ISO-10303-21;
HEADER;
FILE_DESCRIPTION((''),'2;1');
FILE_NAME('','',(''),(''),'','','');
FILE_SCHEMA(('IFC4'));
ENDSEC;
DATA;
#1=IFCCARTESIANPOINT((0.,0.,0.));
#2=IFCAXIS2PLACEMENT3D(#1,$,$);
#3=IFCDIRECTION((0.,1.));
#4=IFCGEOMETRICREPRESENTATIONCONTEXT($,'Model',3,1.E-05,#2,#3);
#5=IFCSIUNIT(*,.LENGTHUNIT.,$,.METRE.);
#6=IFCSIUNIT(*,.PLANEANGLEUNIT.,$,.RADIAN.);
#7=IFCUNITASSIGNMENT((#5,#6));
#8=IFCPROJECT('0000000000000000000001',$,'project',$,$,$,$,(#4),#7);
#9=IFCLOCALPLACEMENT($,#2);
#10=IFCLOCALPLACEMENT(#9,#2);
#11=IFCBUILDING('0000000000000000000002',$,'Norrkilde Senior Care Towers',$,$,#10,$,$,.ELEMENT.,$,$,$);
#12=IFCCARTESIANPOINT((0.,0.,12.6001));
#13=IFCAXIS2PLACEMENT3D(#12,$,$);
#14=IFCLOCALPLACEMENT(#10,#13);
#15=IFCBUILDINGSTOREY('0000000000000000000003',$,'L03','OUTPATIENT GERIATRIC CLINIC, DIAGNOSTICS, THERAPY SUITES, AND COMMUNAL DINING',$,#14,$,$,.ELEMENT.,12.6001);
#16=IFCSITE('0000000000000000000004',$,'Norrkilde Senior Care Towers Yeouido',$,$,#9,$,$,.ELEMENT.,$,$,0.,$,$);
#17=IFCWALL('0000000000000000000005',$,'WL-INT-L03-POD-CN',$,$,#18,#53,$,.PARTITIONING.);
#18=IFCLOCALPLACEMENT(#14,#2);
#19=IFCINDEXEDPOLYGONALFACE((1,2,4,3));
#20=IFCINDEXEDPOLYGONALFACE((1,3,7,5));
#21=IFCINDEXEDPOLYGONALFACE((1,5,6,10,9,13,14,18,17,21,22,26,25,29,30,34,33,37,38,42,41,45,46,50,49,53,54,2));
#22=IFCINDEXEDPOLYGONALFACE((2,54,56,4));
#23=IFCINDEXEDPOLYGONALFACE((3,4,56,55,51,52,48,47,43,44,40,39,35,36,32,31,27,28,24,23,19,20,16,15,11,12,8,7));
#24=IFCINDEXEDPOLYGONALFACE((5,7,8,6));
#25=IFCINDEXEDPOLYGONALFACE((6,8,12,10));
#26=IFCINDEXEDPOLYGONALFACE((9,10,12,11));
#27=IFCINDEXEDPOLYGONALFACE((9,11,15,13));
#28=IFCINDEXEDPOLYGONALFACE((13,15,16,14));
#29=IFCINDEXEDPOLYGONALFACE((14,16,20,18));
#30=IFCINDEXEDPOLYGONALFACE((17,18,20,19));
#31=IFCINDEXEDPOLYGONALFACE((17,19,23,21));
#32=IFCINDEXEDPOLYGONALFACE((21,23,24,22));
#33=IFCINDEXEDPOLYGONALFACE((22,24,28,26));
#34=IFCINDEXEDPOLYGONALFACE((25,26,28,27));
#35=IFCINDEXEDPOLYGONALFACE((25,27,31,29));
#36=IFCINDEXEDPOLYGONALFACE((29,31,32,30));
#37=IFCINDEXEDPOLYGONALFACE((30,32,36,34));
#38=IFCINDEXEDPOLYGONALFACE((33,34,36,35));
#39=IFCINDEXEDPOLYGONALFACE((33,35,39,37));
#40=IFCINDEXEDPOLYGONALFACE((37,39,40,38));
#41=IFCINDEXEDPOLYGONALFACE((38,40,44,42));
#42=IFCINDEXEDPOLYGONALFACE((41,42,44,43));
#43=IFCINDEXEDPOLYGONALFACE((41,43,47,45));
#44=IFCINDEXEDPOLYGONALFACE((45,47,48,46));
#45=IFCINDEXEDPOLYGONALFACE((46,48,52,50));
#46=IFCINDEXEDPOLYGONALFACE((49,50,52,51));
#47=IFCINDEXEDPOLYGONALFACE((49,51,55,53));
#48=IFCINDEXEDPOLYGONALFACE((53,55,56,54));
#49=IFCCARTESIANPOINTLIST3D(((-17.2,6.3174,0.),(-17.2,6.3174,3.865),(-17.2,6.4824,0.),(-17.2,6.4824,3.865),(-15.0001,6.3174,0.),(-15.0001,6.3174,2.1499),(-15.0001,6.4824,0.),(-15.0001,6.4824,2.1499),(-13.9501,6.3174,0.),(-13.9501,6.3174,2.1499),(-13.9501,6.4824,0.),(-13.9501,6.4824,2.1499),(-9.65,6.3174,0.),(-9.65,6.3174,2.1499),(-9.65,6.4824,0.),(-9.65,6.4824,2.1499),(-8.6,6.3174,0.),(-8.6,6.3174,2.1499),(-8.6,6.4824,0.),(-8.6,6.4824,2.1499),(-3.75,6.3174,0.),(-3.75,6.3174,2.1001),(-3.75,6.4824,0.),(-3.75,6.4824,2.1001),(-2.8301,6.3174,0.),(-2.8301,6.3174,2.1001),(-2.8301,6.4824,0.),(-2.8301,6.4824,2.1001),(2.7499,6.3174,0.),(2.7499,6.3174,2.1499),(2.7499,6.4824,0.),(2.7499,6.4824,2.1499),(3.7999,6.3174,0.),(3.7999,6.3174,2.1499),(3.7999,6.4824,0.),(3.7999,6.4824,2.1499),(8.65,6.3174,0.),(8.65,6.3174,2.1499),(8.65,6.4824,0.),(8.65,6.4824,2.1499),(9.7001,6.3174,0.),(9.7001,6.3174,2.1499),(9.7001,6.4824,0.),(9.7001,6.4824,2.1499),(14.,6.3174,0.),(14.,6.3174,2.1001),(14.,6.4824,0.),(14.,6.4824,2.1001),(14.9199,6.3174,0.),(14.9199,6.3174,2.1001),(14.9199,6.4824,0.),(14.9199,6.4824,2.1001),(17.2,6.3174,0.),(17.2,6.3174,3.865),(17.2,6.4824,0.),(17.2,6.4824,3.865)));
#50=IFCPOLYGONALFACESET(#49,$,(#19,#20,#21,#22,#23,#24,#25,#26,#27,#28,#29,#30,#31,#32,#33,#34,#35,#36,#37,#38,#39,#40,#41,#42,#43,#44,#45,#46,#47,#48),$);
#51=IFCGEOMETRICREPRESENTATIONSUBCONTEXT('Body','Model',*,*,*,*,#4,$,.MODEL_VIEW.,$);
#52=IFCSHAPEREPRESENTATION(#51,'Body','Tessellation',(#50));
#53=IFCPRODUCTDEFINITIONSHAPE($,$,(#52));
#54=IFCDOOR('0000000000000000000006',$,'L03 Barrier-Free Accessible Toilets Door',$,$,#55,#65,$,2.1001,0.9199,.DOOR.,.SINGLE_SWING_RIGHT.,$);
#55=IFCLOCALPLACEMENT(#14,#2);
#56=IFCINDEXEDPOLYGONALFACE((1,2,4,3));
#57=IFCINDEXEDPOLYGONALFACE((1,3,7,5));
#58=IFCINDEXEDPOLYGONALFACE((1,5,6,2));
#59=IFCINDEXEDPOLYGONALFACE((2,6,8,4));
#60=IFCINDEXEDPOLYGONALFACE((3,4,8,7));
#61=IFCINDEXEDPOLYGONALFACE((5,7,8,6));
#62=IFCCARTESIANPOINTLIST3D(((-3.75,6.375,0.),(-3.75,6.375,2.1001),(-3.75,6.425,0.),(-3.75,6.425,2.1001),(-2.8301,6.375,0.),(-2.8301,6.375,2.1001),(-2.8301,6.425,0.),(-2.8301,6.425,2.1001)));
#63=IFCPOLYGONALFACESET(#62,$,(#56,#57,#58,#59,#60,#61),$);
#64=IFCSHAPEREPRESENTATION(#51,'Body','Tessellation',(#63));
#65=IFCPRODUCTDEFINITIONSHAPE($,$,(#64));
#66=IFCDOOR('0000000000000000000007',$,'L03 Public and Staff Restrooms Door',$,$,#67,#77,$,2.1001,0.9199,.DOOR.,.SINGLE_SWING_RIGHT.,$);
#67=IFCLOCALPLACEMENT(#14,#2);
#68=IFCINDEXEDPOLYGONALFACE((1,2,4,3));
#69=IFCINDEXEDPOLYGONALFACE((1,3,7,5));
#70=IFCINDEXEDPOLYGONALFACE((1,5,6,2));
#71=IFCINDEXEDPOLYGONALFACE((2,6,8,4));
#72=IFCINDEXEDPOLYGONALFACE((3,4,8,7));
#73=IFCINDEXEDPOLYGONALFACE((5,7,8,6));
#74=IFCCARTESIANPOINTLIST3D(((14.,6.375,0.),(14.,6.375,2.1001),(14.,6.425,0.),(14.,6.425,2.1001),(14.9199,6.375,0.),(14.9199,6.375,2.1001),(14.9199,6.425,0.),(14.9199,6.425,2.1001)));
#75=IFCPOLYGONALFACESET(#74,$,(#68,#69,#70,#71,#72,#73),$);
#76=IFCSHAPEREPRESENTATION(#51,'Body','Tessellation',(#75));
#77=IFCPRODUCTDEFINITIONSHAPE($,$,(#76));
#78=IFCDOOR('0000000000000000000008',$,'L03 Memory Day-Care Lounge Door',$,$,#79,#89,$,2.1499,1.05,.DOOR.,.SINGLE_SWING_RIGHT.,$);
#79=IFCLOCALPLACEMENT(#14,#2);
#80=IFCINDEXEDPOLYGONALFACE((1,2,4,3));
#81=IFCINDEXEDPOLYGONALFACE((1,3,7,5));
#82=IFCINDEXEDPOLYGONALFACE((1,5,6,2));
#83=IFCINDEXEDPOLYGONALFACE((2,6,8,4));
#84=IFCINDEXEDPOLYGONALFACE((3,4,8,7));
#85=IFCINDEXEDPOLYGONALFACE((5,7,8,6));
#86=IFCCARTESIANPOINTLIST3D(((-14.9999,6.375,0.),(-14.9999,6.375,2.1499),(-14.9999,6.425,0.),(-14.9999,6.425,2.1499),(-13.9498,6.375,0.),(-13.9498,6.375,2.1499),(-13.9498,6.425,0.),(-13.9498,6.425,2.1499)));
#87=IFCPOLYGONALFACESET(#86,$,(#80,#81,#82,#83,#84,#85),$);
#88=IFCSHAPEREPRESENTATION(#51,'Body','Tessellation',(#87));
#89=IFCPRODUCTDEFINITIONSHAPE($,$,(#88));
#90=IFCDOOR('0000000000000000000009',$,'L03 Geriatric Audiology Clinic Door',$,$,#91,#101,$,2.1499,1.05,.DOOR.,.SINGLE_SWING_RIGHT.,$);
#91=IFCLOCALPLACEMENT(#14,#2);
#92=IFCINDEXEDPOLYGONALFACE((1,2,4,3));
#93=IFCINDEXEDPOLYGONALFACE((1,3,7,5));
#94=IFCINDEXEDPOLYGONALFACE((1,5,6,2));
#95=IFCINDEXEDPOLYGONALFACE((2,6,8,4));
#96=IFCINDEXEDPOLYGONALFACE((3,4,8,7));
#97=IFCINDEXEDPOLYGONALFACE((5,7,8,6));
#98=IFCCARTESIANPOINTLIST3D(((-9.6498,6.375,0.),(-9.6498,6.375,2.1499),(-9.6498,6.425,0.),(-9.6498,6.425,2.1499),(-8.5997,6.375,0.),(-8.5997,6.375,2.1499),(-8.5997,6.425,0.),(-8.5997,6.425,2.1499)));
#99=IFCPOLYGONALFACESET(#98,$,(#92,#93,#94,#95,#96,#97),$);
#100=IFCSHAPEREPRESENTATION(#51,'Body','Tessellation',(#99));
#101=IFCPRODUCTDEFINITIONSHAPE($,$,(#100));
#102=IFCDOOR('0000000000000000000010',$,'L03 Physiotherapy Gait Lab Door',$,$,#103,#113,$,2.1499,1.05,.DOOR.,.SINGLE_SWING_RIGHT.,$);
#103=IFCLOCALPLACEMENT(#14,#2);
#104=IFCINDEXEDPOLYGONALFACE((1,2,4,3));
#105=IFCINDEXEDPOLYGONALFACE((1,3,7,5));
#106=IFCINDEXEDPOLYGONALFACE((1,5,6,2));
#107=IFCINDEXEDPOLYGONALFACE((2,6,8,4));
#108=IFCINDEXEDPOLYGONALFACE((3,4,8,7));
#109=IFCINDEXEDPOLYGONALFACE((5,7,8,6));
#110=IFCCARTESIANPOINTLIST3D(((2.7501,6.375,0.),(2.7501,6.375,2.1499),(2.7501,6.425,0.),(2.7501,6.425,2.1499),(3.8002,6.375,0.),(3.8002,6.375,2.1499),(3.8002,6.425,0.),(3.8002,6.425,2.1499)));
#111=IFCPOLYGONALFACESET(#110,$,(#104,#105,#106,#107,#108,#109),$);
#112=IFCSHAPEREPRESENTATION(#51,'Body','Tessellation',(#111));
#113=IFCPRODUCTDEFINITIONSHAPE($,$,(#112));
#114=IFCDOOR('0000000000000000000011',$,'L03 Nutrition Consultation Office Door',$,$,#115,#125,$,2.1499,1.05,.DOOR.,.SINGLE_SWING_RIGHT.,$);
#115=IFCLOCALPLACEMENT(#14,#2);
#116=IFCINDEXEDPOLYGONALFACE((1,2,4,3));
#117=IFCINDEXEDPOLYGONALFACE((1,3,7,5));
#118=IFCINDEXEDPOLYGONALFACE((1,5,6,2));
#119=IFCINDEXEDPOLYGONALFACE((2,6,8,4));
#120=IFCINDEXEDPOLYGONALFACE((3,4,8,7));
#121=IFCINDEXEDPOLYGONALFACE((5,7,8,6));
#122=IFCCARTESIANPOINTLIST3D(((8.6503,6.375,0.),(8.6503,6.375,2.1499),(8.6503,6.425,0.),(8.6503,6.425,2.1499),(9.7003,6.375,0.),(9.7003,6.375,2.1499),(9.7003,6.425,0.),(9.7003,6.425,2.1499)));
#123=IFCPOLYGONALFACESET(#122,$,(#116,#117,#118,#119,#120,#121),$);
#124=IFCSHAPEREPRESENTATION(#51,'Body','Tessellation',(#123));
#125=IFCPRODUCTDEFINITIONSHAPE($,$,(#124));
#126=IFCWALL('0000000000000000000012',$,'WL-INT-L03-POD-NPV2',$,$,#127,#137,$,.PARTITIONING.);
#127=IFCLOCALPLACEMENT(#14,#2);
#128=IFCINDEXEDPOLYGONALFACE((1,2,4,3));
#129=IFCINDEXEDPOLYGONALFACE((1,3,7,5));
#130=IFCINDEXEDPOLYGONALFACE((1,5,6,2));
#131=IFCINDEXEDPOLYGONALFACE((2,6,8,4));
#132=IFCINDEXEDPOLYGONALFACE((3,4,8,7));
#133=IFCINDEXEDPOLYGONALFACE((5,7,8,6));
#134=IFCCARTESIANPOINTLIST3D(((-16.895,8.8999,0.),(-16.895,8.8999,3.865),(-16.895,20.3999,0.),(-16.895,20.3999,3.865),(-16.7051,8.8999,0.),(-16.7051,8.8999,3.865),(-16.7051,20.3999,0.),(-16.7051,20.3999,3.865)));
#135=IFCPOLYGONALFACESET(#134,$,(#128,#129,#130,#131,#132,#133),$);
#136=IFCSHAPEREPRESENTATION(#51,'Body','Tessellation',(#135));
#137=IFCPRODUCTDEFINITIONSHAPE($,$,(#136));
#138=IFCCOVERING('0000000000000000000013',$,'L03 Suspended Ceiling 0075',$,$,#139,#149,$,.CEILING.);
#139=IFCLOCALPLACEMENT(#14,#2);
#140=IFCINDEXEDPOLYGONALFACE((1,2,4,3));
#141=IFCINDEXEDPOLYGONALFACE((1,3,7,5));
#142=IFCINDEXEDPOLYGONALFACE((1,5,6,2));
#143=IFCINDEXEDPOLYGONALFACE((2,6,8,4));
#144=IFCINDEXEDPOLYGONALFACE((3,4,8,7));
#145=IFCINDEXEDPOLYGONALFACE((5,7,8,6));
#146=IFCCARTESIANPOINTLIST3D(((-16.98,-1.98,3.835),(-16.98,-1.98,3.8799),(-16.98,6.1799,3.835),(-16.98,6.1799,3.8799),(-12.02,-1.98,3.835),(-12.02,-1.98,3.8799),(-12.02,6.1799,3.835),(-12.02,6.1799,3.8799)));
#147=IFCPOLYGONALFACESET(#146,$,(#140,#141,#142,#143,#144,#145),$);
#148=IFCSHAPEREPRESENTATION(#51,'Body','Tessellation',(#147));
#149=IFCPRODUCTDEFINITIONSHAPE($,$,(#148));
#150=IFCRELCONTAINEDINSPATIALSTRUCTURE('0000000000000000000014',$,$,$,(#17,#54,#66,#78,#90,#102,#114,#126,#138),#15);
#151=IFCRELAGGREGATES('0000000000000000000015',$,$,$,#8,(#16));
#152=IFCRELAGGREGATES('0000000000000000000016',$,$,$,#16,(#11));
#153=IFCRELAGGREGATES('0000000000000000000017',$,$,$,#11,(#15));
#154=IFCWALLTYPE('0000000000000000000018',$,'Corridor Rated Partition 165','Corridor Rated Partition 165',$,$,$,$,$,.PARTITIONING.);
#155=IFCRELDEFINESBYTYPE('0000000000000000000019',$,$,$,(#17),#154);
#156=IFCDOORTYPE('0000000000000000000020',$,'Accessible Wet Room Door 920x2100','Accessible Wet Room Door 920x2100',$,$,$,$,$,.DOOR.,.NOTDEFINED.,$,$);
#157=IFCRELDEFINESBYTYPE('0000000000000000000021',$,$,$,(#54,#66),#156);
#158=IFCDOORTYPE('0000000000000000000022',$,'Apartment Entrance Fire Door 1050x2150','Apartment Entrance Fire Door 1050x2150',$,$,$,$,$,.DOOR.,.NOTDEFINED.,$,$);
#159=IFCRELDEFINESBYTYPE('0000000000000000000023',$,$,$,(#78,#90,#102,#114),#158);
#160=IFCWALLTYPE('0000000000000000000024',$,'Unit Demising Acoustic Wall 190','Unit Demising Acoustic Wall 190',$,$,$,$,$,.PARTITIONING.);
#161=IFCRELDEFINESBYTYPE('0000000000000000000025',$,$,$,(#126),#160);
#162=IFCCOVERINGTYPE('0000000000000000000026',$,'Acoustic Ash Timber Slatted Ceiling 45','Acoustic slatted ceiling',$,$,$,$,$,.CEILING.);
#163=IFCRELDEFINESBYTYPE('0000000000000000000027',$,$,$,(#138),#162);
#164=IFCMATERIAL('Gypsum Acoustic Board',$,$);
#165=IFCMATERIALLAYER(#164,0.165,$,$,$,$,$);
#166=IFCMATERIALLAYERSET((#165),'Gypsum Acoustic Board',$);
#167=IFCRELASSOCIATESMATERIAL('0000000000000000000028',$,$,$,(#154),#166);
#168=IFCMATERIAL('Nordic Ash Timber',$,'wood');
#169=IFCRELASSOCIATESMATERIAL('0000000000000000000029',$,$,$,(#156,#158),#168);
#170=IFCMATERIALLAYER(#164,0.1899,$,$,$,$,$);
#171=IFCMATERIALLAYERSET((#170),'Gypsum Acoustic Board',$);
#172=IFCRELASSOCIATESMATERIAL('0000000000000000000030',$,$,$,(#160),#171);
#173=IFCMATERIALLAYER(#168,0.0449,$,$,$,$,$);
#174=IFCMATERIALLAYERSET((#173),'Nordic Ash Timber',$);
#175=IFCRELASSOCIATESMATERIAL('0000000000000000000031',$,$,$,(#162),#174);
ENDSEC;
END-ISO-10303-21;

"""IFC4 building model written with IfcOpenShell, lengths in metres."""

from ifc_helpers import new_model, si_unit, direction, frame, frame_2d, origin, place, context, subcontext, project, spatial, polyline, rectangle, outline, extrude, source, transform, mapped, material, layer, layer_set, type_object, type_shapes, element, fill, save


model = new_model("IFC4")

# Units and contexts
model_context = context("Model", 3, precision=1e-05, world=origin(), true_north=direction((0.0, 1.0)))
body_context = subcontext(model_context, "Body", "Model", "MODEL_VIEW")
ifc_project = project(units=[si_unit("LENGTHUNIT", "METRE"), si_unit("PLANEANGLEUNIT", "RADIAN")], contexts=[model_context])

# Site, building, storey
site_placement = place(None, origin())
site = spatial("IfcSite", under=ifc_project, at=site_placement, Name="Norrkilde Senior Care Towers Yeouido", CompositionType="ELEMENT", RefElevation=0.0)
building_placement = place(site_placement, origin())
building = spatial("IfcBuilding", under=site, at=building_placement, Name="Norrkilde Senior Care Towers", CompositionType="ELEMENT")
storey_placement = place(building_placement, frame((0.0, 0.0, 12.6001)))
storey = spatial("IfcBuildingStorey", under=building, at=storey_placement, Name="L03", Description="OUTPATIENT GERIATRIC CLINIC, DIAGNOSTICS, THERAPY SUITES, AND COMMUNAL DINING", CompositionType="ELEMENT", Elevation=12.6001)

# Wall, openings, doors
ifc_material_1 = material(Name="Gypsum Acoustic Board")
ifc_layer_1 = layer(ifc_material_1, 0.165)
ifc_layer_set_1 = layer_set([ifc_layer_1], Name="Gypsum Acoustic Board")
wall_type_1 = type_object("IfcWallType", Name="Corridor Rated Partition 165", Description="Corridor Rated Partition 165", PredefinedType="PARTITIONING", material=ifc_layer_set_1)
shared_shape_1 = source(origin(), body_context, "Body", "SweptSolid", [
    extrude(rectangle(XDim=34.3999, YDim=0.165, at=frame_2d((17.2, 0.0))), origin(), (0.0, 0.0, 1.0), 3.865),
])
type_shapes(wall_type_1, [shared_shape_1])
wall_1_placement = place(storey_placement, frame((-17.2, 6.3999, 0.0), z_axis=(0.0, 0.0, 1.0), x_axis=(1.0, 0.0, 0.0)))
wall_1 = element("IfcWall", 1, at=wall_1_placement, inside=storey, type_object=wall_type_1, Name="WL-INT-L03-POD-CN", PredefinedType="PARTITIONING", context=body_context, shape_type="MappedRepresentation", body=[
    mapped(shared_shape_1, transform((0.0, 0.0, 0.0), x_axis=(1.0, 0.0, 0.0), y_axis=(0.0, 1.0, 0.0), z_axis=(0.0, 0.0, 1.0), scale=1.0)),
])
opening_1_placement = place(wall_1_placement, frame((2.2, 0.0, 0.0)))
opening_1 = element("IfcOpeningElement", 2, at=opening_1_placement, cuts=wall_1, PredefinedType="OPENING", context=body_context, shape_type="SweptSolid", body=[
    extrude(rectangle(XDim=1.05, YDim=2.1499, at=frame_2d((0.5249, 1.075))), frame((0.0, 0.0925, 0.0), z_axis=(0.0, -1.0, 0.0), x_axis=(1.0, 0.0, 0.0)), (0.0, 0.0, 1.0), 0.1851),
])
opening_2_placement = place(wall_1_placement, frame((7.55, 0.0, 0.0)))
opening_2 = element("IfcOpeningElement", 3, at=opening_2_placement, cuts=wall_1, PredefinedType="OPENING", context=body_context, shape_type="SweptSolid", body=[
    extrude(rectangle(XDim=1.05, YDim=2.1499, at=frame_2d((0.5249, 1.075))), frame((0.0, 0.0925, 0.0), z_axis=(0.0, -1.0, 0.0), x_axis=(1.0, 0.0, 0.0)), (0.0, 0.0, 1.0), 0.1851),
])
opening_3_placement = place(wall_1_placement, frame((13.45, 0.0, 0.0)))
opening_3 = element("IfcOpeningElement", 4, at=opening_3_placement, cuts=wall_1, PredefinedType="OPENING", context=body_context, shape_type="SweptSolid", body=[
    extrude(rectangle(XDim=0.9199, YDim=2.1001, at=frame_2d((0.46, 1.05))), frame((0.0, 0.0925, 0.0), z_axis=(0.0, -1.0, 0.0), x_axis=(1.0, 0.0, 0.0)), (0.0, 0.0, 1.0), 0.1851),
])
opening_4_placement = place(wall_1_placement, frame((19.95, 0.0, 0.0)))
opening_4 = element("IfcOpeningElement", 5, at=opening_4_placement, cuts=wall_1, PredefinedType="OPENING", context=body_context, shape_type="SweptSolid", body=[
    extrude(rectangle(XDim=1.05, YDim=2.1499, at=frame_2d((0.5249, 1.075))), frame((0.0, 0.0925, 0.0), z_axis=(0.0, -1.0, 0.0), x_axis=(1.0, 0.0, 0.0)), (0.0, 0.0, 1.0), 0.1851),
])
opening_5_placement = place(wall_1_placement, frame((25.8501, 0.0, 0.0)))
opening_5 = element("IfcOpeningElement", 6, at=opening_5_placement, cuts=wall_1, PredefinedType="OPENING", context=body_context, shape_type="SweptSolid", body=[
    extrude(rectangle(XDim=1.05, YDim=2.1499, at=frame_2d((0.5249, 1.075))), frame((0.0, 0.0925, 0.0), z_axis=(0.0, -1.0, 0.0), x_axis=(1.0, 0.0, 0.0)), (0.0, 0.0, 1.0), 0.1851),
])
opening_6_placement = place(wall_1_placement, frame((31.2, 0.0, 0.0)))
opening_6 = element("IfcOpeningElement", 7, at=opening_6_placement, cuts=wall_1, PredefinedType="OPENING", context=body_context, shape_type="SweptSolid", body=[
    extrude(rectangle(XDim=0.9199, YDim=2.1001, at=frame_2d((0.46, 1.05))), frame((0.0, 0.0925, 0.0), z_axis=(0.0, -1.0, 0.0), x_axis=(1.0, 0.0, 0.0)), (0.0, 0.0, 1.0), 0.1851),
])
ifc_material_2 = material(Name="Nordic Ash Timber", Category="wood")
door_type_1 = type_object("IfcDoorType", Name="Accessible Wet Room Door 920x2100", Description="Accessible Wet Room Door 920x2100", OperationType="NOTDEFINED", PredefinedType="DOOR", material=ifc_material_2)
shared_shape_2 = source(origin(), body_context, "Body", "SweptSolid", [
    extrude(rectangle(XDim=0.9199, YDim=2.1001, at=frame_2d((0.46, 1.05))), frame((0.0, 0.0249, 0.0), z_axis=(0.0, -1.0, 0.0), x_axis=(1.0, 0.0, 0.0)), (0.0, 0.0, 1.0), 0.05),
])
type_shapes(door_type_1, [shared_shape_2])
door_1_placement = place(opening_3_placement, frame((0.9199, 0.0, 0.0), z_axis=(0.0, 0.0, 1.0), x_axis=(-1.0, 0.0, 0.0)))
door_1 = element("IfcDoor", 8, at=door_1_placement, inside=storey, type_object=door_type_1, Name="L03 Barrier-Free Accessible Toilets Door", OperationType="SINGLE_SWING_RIGHT", OverallHeight=2.1001, OverallWidth=0.9199, PredefinedType="DOOR", context=body_context, shape_type="MappedRepresentation", body=[
    mapped(shared_shape_2, transform((0.0, 0.0, 0.0), x_axis=(1.0, 0.0, 0.0), y_axis=(0.0, 1.0, 0.0), z_axis=(0.0, 0.0, 1.0), scale=1.0)),
])
fill(opening_3, door_1)
door_2_placement = place(opening_6_placement, frame((0.9199, 0.0, 0.0), z_axis=(0.0, 0.0, 1.0), x_axis=(-1.0, 0.0, 0.0)))
door_2 = element("IfcDoor", 9, at=door_2_placement, inside=storey, type_object=door_type_1, Name="L03 Public and Staff Restrooms Door", OperationType="SINGLE_SWING_RIGHT", OverallHeight=2.1001, OverallWidth=0.9199, PredefinedType="DOOR", context=body_context, shape_type="MappedRepresentation", body=[
    mapped(shared_shape_2, transform((0.0, 0.0, 0.0), x_axis=(1.0, 0.0, 0.0), y_axis=(0.0, 1.0, 0.0), z_axis=(0.0, 0.0, 1.0), scale=1.0)),
])
fill(opening_6, door_2)
door_type_2 = type_object("IfcDoorType", Name="Apartment Entrance Fire Door 1050x2150", Description="Apartment Entrance Fire Door 1050x2150", OperationType="NOTDEFINED", PredefinedType="DOOR", material=ifc_material_2)
shared_shape_3 = source(origin(), body_context, "Body", "SweptSolid", [
    extrude(rectangle(XDim=1.05, YDim=2.1499, at=frame_2d((0.5249, 1.075))), frame((0.0, 0.0249, 0.0), z_axis=(0.0, -1.0, 0.0), x_axis=(1.0, 0.0, 0.0)), (0.0, 0.0, 1.0), 0.05),
])
type_shapes(door_type_2, [shared_shape_3])
door_3_placement = place(opening_1_placement, frame((1.05, 0.0, 0.0), z_axis=(0.0, 0.0, 1.0), x_axis=(-1.0, 0.0, 0.0)))
door_3 = element("IfcDoor", 10, at=door_3_placement, inside=storey, type_object=door_type_2, Name="L03 Memory Day-Care Lounge Door", OperationType="SINGLE_SWING_RIGHT", OverallHeight=2.1499, OverallWidth=1.05, PredefinedType="DOOR", context=body_context, shape_type="MappedRepresentation", body=[
    mapped(shared_shape_3, transform((0.0, 0.0, 0.0), x_axis=(1.0, 0.0, 0.0), y_axis=(0.0, 1.0, 0.0), z_axis=(0.0, 0.0, 1.0), scale=1.0)),
])
fill(opening_1, door_3)
door_4_placement = place(opening_2_placement, frame((1.05, 0.0, 0.0), z_axis=(0.0, 0.0, 1.0), x_axis=(-1.0, 0.0, 0.0)))
door_4 = element("IfcDoor", 11, at=door_4_placement, inside=storey, type_object=door_type_2, Name="L03 Geriatric Audiology Clinic Door", OperationType="SINGLE_SWING_RIGHT", OverallHeight=2.1499, OverallWidth=1.05, PredefinedType="DOOR", context=body_context, shape_type="MappedRepresentation", body=[
    mapped(shared_shape_3, transform((0.0, 0.0, 0.0), x_axis=(1.0, 0.0, 0.0), y_axis=(0.0, 1.0, 0.0), z_axis=(0.0, 0.0, 1.0), scale=1.0)),
])
fill(opening_2, door_4)
door_5_placement = place(opening_4_placement, frame((1.05, 0.0, 0.0), z_axis=(0.0, 0.0, 1.0), x_axis=(-1.0, 0.0, 0.0)))
door_5 = element("IfcDoor", 12, at=door_5_placement, inside=storey, type_object=door_type_2, Name="L03 Physiotherapy Gait Lab Door", OperationType="SINGLE_SWING_RIGHT", OverallHeight=2.1499, OverallWidth=1.05, PredefinedType="DOOR", context=body_context, shape_type="MappedRepresentation", body=[
    mapped(shared_shape_3, transform((0.0, 0.0, 0.0), x_axis=(1.0, 0.0, 0.0), y_axis=(0.0, 1.0, 0.0), z_axis=(0.0, 0.0, 1.0), scale=1.0)),
])
fill(opening_4, door_5)
door_6_placement = place(opening_5_placement, frame((1.05, 0.0, 0.0), z_axis=(0.0, 0.0, 1.0), x_axis=(-1.0, 0.0, 0.0)))
door_6 = element("IfcDoor", 13, at=door_6_placement, inside=storey, type_object=door_type_2, Name="L03 Nutrition Consultation Office Door", OperationType="SINGLE_SWING_RIGHT", OverallHeight=2.1499, OverallWidth=1.05, PredefinedType="DOOR", context=body_context, shape_type="MappedRepresentation", body=[
    mapped(shared_shape_3, transform((0.0, 0.0, 0.0), x_axis=(1.0, 0.0, 0.0), y_axis=(0.0, 1.0, 0.0), z_axis=(0.0, 0.0, 1.0), scale=1.0)),
])
fill(opening_5, door_6)

# Wall
ifc_layer_2 = layer(ifc_material_1, 0.1899)
ifc_layer_set_2 = layer_set([ifc_layer_2], Name="Gypsum Acoustic Board")
wall_type_2 = type_object("IfcWallType", Name="Unit Demising Acoustic Wall 190", Description="Unit Demising Acoustic Wall 190", PredefinedType="PARTITIONING", material=ifc_layer_set_2)
shared_shape_4 = source(origin(), body_context, "Body", "SweptSolid", [
    extrude(rectangle(XDim=11.5, YDim=0.1899, at=frame_2d((5.75, 0.0))), origin(), (0.0, 0.0, 1.0), 3.865),
])
type_shapes(wall_type_2, [shared_shape_4])
wall_2_placement = place(storey_placement, frame((-16.8, 8.8999, 0.0), z_axis=(0.0, 0.0, 1.0), x_axis=(0.0, 1.0, 0.0)))
element("IfcWall", 14, at=wall_2_placement, inside=storey, type_object=wall_type_2, Name="WL-INT-L03-POD-NPV2", PredefinedType="PARTITIONING", context=body_context, shape_type="MappedRepresentation", body=[
    mapped(shared_shape_4, transform((0.0, 0.0, 0.0), x_axis=(1.0, 0.0, 0.0), y_axis=(0.0, 1.0, 0.0), z_axis=(0.0, 0.0, 1.0), scale=1.0)),
])

# Covering
ifc_layer_3 = layer(ifc_material_2, 0.0449)
ifc_layer_set_3 = layer_set([ifc_layer_3], Name="Nordic Ash Timber")
covering_type_1 = type_object("IfcCoveringType", Name="Acoustic Ash Timber Slatted Ceiling 45", Description="Acoustic slatted ceiling", PredefinedType="CEILING", material=ifc_layer_set_3)
covering_1_placement = place(storey_placement, frame((0.0, 0.0, 3.835)))
element("IfcCovering", 15, at=covering_1_placement, inside=storey, type_object=covering_type_1, Name="L03 Suspended Ceiling 0075", PredefinedType="CEILING", context=body_context, shape_type="SweptSolid", body=[
    extrude(outline(polyline([(-12.02, 6.1799), (-12.02, -1.98), (-16.98, -1.98), (-16.98, 6.1799), (-12.02, 6.1799)])), origin(), (0.0, 0.0, 1.0), 0.0449),
])

save(model, "model.ifc")
